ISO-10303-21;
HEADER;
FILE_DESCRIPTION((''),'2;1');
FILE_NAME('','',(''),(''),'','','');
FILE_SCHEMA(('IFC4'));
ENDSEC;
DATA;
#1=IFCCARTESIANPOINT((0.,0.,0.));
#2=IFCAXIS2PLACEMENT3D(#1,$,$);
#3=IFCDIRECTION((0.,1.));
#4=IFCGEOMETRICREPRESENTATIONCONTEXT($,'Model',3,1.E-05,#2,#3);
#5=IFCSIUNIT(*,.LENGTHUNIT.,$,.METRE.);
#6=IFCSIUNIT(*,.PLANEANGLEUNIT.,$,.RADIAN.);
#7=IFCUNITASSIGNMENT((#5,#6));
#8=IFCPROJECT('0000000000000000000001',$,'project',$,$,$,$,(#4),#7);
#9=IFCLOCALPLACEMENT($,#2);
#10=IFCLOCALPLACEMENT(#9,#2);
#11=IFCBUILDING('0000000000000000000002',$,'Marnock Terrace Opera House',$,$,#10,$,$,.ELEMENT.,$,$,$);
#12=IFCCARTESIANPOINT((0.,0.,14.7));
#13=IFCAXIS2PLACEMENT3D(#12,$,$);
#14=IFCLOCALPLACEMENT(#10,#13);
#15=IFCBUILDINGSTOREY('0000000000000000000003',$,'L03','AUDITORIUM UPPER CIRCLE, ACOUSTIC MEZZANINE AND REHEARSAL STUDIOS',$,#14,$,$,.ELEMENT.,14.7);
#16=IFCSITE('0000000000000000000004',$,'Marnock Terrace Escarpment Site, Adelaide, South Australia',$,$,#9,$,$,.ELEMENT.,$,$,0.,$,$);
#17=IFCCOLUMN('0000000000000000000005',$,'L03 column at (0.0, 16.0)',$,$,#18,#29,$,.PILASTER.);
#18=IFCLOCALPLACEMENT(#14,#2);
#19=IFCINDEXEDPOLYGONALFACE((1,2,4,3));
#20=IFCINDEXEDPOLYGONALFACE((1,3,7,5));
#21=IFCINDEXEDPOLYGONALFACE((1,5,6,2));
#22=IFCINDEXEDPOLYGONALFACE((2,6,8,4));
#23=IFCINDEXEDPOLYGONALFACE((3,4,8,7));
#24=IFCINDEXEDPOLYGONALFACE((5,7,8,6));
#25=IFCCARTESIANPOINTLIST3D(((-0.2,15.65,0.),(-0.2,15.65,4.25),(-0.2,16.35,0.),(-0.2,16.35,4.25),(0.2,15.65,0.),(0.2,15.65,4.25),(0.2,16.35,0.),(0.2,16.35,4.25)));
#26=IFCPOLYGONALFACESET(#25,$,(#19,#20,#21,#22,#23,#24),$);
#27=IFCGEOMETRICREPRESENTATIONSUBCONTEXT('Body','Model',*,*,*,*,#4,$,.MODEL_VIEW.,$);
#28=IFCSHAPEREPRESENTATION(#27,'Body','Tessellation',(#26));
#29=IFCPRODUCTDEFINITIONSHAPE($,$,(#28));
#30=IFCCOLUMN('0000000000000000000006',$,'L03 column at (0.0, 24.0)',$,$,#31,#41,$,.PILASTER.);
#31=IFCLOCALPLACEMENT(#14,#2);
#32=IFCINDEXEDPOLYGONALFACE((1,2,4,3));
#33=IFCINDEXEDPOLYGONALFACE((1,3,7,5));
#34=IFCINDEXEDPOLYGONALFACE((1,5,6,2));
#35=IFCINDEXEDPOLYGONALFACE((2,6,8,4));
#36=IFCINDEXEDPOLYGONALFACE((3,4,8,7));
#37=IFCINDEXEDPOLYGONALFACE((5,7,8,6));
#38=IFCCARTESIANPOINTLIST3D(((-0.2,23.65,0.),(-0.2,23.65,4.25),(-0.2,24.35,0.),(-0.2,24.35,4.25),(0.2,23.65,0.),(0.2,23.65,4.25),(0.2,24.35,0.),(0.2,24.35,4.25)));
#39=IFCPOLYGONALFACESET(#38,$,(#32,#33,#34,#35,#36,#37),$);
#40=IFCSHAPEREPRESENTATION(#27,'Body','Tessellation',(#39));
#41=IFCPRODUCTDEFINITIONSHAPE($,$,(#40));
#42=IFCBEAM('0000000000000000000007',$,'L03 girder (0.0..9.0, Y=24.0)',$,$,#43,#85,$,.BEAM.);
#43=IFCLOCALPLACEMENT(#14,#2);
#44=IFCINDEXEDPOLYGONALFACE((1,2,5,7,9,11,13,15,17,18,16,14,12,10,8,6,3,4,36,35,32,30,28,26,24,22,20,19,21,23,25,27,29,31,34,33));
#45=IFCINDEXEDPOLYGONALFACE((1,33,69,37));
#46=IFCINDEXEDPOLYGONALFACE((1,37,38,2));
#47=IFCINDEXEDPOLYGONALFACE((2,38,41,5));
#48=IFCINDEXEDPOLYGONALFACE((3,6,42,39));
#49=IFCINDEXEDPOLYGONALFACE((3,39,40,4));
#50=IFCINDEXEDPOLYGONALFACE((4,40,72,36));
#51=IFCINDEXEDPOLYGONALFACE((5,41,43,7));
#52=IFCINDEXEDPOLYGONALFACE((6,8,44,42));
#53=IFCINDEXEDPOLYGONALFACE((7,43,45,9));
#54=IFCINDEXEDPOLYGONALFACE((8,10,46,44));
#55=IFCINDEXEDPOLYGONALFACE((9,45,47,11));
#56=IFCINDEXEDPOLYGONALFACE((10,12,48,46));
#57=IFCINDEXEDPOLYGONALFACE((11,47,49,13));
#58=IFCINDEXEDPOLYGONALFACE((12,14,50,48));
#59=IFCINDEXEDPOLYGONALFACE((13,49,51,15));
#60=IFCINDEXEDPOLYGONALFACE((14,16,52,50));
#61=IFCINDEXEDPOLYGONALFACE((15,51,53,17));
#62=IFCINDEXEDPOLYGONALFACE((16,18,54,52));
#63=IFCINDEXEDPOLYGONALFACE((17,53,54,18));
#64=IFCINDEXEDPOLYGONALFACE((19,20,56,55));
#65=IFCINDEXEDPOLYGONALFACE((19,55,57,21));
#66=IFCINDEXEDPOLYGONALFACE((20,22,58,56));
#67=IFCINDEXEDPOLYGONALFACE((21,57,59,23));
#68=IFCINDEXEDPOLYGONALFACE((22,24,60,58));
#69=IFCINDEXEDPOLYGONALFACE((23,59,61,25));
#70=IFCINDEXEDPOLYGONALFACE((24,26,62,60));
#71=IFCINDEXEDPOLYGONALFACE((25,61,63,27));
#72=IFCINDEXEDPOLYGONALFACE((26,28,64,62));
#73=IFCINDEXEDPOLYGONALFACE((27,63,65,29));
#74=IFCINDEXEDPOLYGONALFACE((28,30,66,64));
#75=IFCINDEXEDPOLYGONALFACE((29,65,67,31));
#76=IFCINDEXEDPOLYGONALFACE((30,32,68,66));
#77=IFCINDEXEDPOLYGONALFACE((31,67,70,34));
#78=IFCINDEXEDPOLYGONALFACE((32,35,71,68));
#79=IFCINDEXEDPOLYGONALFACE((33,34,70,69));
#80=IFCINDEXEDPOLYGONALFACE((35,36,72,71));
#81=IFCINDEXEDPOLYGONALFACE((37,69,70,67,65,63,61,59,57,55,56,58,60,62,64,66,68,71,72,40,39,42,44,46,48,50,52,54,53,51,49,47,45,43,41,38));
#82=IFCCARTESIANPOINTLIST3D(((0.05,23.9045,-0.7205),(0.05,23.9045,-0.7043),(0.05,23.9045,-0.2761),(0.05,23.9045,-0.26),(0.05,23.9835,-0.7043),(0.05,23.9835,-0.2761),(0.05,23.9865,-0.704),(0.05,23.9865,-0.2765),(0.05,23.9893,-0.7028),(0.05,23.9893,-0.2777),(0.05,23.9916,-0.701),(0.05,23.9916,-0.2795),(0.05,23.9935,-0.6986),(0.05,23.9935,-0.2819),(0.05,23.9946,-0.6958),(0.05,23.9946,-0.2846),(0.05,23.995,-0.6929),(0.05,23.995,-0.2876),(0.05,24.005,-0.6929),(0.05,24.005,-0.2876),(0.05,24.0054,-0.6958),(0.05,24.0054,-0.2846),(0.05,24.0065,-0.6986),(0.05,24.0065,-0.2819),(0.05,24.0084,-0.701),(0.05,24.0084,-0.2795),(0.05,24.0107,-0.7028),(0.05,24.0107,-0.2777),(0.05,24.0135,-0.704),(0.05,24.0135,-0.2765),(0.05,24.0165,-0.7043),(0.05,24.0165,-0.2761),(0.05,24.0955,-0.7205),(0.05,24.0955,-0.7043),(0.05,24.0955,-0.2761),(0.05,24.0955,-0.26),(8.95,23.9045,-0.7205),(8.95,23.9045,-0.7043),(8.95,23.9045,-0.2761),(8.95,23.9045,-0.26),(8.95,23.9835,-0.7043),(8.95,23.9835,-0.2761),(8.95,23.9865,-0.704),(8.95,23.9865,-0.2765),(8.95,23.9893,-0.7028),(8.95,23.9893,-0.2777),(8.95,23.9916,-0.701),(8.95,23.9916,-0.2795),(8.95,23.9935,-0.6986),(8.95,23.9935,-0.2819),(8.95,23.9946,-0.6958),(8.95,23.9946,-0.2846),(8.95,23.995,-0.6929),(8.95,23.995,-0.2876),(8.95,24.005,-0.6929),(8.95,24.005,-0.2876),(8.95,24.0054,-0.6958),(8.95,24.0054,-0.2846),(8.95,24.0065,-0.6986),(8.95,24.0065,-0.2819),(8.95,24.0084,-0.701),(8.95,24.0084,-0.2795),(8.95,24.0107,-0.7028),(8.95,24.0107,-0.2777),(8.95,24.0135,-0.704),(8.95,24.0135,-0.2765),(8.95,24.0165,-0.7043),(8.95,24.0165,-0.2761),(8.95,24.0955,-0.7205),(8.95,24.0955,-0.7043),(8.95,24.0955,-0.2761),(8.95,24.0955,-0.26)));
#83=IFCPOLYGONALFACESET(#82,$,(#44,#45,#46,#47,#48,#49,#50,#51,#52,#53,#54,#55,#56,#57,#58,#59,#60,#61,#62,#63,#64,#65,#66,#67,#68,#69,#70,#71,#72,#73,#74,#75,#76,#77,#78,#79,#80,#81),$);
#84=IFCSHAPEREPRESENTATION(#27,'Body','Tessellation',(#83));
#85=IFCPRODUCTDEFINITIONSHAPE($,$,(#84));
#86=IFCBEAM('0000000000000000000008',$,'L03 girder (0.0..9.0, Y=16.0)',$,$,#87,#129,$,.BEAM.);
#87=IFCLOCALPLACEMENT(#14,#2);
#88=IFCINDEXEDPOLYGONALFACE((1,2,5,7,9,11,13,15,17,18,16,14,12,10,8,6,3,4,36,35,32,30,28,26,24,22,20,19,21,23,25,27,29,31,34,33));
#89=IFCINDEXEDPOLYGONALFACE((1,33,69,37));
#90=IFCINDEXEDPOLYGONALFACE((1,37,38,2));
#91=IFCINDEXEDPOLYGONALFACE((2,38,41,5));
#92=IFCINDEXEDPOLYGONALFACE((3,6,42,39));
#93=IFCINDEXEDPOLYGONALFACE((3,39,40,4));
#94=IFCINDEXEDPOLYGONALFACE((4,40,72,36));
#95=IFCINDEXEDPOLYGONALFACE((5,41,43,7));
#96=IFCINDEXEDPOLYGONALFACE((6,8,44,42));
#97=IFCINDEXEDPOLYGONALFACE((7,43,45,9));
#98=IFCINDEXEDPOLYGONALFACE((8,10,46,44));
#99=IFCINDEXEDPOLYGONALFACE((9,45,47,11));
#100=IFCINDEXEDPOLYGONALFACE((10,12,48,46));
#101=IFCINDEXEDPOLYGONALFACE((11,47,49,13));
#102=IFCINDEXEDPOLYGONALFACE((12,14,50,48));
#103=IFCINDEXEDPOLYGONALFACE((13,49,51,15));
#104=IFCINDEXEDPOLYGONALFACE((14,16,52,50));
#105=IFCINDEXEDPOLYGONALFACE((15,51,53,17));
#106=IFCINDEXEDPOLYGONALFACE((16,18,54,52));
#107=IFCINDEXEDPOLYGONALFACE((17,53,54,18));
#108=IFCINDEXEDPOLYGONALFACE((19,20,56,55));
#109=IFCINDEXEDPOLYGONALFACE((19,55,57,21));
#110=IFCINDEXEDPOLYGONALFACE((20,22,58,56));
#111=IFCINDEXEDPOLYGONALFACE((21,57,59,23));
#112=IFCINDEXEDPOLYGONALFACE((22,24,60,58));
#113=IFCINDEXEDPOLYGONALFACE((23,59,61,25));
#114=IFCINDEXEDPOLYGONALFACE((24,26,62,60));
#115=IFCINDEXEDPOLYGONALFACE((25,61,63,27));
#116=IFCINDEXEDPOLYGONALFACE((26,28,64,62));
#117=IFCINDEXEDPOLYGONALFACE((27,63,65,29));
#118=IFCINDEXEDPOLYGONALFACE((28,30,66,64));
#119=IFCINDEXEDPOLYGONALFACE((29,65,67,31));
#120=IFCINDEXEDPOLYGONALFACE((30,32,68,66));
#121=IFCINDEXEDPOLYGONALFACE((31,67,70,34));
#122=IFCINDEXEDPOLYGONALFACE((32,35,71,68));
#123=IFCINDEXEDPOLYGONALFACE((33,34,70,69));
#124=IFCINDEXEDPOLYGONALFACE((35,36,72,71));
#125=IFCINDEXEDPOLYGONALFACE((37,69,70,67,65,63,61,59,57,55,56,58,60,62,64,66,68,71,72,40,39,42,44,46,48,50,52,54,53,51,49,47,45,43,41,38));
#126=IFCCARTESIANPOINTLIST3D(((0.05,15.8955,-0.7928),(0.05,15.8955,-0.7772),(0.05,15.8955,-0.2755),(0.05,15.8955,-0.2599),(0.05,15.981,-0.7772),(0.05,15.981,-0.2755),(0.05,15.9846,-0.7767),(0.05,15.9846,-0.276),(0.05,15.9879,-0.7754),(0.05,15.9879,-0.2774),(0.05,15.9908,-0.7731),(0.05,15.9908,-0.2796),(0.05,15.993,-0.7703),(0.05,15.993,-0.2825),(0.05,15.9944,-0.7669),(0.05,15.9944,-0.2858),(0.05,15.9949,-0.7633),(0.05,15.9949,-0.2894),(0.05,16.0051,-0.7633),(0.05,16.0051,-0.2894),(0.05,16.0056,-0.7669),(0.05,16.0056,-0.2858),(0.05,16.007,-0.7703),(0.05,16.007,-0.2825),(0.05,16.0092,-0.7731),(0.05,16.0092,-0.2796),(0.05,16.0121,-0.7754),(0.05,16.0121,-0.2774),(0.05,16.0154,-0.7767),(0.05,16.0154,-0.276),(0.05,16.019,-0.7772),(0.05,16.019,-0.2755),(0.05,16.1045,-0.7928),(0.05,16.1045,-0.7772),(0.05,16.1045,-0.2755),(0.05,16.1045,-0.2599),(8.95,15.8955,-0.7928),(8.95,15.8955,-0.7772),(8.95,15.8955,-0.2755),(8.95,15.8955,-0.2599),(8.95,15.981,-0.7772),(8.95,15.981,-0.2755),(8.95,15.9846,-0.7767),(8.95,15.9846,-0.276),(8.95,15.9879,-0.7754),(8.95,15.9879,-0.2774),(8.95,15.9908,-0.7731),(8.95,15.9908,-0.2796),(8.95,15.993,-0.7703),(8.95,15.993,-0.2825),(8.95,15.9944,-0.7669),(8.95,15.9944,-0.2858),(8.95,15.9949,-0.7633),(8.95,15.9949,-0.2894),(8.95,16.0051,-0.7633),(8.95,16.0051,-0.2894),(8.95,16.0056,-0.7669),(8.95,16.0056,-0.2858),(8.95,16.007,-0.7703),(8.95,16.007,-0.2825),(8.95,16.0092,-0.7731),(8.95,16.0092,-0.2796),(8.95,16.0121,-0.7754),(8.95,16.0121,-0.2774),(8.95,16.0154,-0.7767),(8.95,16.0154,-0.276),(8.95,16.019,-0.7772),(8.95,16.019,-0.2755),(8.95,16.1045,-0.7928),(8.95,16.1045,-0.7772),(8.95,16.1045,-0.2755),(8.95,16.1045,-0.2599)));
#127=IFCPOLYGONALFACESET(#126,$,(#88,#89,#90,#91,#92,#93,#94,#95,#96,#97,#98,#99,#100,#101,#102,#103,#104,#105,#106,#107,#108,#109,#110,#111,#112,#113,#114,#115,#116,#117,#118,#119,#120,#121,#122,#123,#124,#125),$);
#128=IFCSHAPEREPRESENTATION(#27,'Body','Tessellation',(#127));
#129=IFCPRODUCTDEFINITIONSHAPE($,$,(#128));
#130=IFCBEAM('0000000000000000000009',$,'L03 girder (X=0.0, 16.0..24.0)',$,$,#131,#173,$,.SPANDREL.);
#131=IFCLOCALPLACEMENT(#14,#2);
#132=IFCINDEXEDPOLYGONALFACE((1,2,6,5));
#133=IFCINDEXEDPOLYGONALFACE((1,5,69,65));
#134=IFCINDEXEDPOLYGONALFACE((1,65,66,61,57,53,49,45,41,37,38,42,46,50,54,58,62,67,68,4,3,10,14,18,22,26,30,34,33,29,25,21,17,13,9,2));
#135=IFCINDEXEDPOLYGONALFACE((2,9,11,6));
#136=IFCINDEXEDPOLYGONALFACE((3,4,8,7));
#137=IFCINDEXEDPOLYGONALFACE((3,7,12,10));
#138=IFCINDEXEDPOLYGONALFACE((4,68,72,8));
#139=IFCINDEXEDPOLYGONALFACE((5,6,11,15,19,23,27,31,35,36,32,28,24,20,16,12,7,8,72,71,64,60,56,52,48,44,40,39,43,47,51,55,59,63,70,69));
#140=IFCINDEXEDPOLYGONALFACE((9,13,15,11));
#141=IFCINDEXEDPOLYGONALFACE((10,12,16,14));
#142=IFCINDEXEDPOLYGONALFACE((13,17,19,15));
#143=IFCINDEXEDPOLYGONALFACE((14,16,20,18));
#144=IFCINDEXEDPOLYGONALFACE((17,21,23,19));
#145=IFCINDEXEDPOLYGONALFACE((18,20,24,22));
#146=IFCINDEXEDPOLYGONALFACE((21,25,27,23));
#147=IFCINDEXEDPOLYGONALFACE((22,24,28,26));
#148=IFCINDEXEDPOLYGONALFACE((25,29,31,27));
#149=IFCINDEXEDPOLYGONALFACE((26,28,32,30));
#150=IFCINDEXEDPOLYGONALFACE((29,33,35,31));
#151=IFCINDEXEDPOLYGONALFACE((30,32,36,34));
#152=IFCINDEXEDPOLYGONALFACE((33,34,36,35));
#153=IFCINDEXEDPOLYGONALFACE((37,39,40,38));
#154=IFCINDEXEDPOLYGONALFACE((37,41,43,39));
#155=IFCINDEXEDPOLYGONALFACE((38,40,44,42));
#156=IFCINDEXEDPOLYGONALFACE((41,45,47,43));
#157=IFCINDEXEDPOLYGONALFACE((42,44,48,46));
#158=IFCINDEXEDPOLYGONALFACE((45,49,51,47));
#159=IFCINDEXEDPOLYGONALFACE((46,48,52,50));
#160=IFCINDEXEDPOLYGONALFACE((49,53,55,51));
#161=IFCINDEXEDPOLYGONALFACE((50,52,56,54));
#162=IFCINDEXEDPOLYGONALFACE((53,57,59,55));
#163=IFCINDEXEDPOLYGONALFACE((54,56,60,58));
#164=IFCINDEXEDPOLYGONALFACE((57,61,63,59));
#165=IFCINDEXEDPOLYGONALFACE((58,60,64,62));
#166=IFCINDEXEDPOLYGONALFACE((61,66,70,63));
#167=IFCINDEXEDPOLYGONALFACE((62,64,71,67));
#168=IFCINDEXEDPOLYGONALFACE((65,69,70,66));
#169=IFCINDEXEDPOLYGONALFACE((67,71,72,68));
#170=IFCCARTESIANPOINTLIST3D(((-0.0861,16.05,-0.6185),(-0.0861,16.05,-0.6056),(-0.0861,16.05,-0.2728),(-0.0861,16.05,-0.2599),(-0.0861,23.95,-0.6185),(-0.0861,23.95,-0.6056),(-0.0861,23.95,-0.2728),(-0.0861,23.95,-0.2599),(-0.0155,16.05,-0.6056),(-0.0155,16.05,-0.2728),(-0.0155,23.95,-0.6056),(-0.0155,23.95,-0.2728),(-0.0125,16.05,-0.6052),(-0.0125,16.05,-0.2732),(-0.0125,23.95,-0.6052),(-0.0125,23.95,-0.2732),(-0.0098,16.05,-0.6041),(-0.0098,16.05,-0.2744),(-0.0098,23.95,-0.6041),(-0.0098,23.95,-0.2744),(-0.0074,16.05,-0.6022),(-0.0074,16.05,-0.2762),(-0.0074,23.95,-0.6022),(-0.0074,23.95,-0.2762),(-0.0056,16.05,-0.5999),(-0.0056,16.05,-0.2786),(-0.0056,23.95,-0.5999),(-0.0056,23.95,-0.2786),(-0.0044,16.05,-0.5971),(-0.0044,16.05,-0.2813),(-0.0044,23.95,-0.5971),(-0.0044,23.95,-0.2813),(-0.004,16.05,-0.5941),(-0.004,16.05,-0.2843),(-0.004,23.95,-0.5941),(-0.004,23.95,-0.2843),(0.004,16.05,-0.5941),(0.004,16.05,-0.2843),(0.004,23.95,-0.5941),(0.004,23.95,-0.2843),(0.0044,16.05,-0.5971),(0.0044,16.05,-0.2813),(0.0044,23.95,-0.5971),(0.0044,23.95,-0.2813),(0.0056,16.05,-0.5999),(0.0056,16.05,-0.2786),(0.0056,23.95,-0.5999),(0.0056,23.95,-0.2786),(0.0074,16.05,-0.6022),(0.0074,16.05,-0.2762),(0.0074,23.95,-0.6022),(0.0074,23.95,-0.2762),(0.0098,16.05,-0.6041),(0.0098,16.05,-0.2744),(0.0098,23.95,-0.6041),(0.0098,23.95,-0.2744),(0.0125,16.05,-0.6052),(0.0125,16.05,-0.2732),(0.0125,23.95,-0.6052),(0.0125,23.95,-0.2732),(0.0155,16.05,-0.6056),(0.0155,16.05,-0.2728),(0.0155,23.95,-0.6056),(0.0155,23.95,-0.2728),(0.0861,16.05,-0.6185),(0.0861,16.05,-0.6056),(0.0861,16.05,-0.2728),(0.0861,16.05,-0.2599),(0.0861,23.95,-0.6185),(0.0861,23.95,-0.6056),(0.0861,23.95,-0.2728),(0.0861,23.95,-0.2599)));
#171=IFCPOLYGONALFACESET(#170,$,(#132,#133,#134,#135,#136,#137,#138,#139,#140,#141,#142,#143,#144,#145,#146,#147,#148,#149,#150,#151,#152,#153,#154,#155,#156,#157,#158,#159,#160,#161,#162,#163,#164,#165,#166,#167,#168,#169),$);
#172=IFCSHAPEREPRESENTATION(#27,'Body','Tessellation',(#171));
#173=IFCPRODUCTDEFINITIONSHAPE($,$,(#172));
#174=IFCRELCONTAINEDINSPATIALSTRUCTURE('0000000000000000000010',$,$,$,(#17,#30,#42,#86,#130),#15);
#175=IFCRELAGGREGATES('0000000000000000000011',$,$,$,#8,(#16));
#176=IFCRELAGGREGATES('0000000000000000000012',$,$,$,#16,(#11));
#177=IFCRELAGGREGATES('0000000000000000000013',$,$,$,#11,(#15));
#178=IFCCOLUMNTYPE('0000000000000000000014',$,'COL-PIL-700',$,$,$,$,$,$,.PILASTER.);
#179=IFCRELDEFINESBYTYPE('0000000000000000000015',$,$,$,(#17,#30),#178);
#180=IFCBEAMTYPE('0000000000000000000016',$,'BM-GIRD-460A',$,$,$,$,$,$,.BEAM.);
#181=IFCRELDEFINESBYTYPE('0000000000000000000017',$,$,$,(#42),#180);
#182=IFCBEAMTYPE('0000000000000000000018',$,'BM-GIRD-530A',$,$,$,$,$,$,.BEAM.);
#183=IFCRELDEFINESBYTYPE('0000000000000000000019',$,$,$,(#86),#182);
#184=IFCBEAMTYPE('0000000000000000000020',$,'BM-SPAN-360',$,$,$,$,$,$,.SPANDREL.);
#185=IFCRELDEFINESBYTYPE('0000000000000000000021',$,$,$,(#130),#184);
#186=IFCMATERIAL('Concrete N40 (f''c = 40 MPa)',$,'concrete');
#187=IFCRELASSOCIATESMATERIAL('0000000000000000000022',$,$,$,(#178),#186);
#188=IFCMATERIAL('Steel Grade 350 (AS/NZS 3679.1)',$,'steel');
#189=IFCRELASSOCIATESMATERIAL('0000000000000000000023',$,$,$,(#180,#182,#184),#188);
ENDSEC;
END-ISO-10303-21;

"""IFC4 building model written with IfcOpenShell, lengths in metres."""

from ifc_helpers import new_model, si_unit, direction, frame, origin, origin_2d, place, context, subcontext, project, spatial, rectangle, i_section, extrude, material, material_profile, profile_set, type_object, element, save


model = new_model("IFC4")

# Units and contexts
model_context = context("Model", 3, precision=1e-05, world=origin(), true_north=direction((0.0, 1.0)))
body_context = subcontext(model_context, "Body", "Model", "MODEL_VIEW")
ifc_project = project(units=[si_unit("LENGTHUNIT", "METRE"), si_unit("PLANEANGLEUNIT", "RADIAN")], contexts=[model_context])

# Site, building, storey
site_placement = place(None, origin())
site = spatial("IfcSite", under=ifc_project, at=site_placement, Name="Marnock Terrace Escarpment Site, Adelaide, South Australia", CompositionType="ELEMENT", RefElevation=0.0)
building_placement = place(site_placement, origin())
building = spatial("IfcBuilding", under=site, at=building_placement, Name="Marnock Terrace Opera House", CompositionType="ELEMENT")
storey_placement = place(building_placement, frame((0.0, 0.0, 14.7)))
storey = spatial("IfcBuildingStorey", under=building, at=storey_placement, Name="L03", Description="AUDITORIUM UPPER CIRCLE, ACOUSTIC MEZZANINE AND REHEARSAL STUDIOS", CompositionType="ELEMENT", Elevation=14.7)

# Columns
ifc_material_1 = material(Name="Concrete N40 (f'c = 40 MPa)", Category="concrete")
ifc_material_profile_1 = material_profile(ifc_material_1, rectangle(XDim=0.3999, YDim=0.7, at=origin_2d()))
ifc_profile_set_1 = profile_set([ifc_material_profile_1], Name="Concrete N40 (f'c = 40 MPa)")
column_type = type_object("IfcColumnType", Name="COL-PIL-700", PredefinedType="PILASTER", material=ifc_profile_set_1)
for number, where, z_axis, x_axis, name in (
    (1, (0.0, 16.0, 0.0), (0.0, 0.0, 1.0), (1.0, 0.0, 0.0), "L03 column at (0.0, 16.0)"),
    (2, (0.0, 24.0, 0.0), (0.0, 0.0, 1.0), (1.0, 0.0, 0.0), "L03 column at (0.0, 24.0)"),
):
    element("IfcColumn", number, at=place(storey_placement, frame(where, z_axis=z_axis, x_axis=x_axis)), inside=storey, type_object=column_type, Name=name, PredefinedType="PILASTER", context=body_context, shape_type="SweptSolid", body=[
        extrude(rectangle(XDim=0.3999, YDim=0.7, at=origin_2d()), origin(), (0.0, 0.0, 1.0), 4.25),
    ])

# Beams
ifc_material_2 = material(Name="Steel Grade 350 (AS/NZS 3679.1)", Category="steel")
ifc_material_profile_2 = material_profile(ifc_material_2, i_section(OverallWidth=0.1909, OverallDepth=0.4604, WebThickness=0.01, FlangeThickness=0.0161, FilletRadius=0.0115, at=origin_2d()))
ifc_profile_set_2 = profile_set([ifc_material_profile_2], Name="Steel Grade 350 (AS/NZS 3679.1)")
beam_type_1 = type_object("IfcBeamType", Name="BM-GIRD-460A", PredefinedType="BEAM", material=ifc_profile_set_2)
beam_1_placement = place(storey_placement, frame((0.05, 24.0, -0.4902), z_axis=(1.0, 0.0, 0.0), x_axis=(0.0, 1.0, 0.0)))
element("IfcBeam", 3, at=beam_1_placement, inside=storey, type_object=beam_type_1, Name="L03 girder (0.0..9.0, Y=24.0)", PredefinedType="BEAM", context=body_context, shape_type="SweptSolid", body=[
    extrude(i_section(OverallWidth=0.1909, OverallDepth=0.4604, WebThickness=0.01, FlangeThickness=0.0161, FilletRadius=0.0115, at=origin_2d()), origin(), (0.0, 0.0, 1.0), 8.8999),
])
ifc_material_profile_3 = material_profile(ifc_material_2, i_section(OverallWidth=0.209, OverallDepth=0.533, WebThickness=0.0103, FlangeThickness=0.0156, FilletRadius=0.0139, at=origin_2d()))
ifc_profile_set_3 = profile_set([ifc_material_profile_3], Name="Steel Grade 350 (AS/NZS 3679.1)")
beam_type_2 = type_object("IfcBeamType", Name="BM-GIRD-530A", PredefinedType="BEAM", material=ifc_profile_set_3)
beam_2_placement = place(storey_placement, frame((0.05, 16.0, -0.5264), z_axis=(1.0, 0.0, 0.0), x_axis=(0.0, 1.0, 0.0)))
element("IfcBeam", 4, at=beam_2_placement, inside=storey, type_object=beam_type_2, Name="L03 girder (0.0..9.0, Y=16.0)", PredefinedType="BEAM", context=body_context, shape_type="SweptSolid", body=[
    extrude(i_section(OverallWidth=0.209, OverallDepth=0.533, WebThickness=0.0103, FlangeThickness=0.0156, FilletRadius=0.0139, at=origin_2d()), origin(), (0.0, 0.0, 1.0), 8.8999),
])
ifc_material_profile_4 = material_profile(ifc_material_2, i_section(OverallWidth=0.1721, OverallDepth=0.3586, WebThickness=0.0081, FlangeThickness=0.0129, FilletRadius=0.0115, at=origin_2d()))
ifc_profile_set_4 = profile_set([ifc_material_profile_4], Name="Steel Grade 350 (AS/NZS 3679.1)")
beam_type_3 = type_object("IfcBeamType", Name="BM-SPAN-360", PredefinedType="SPANDREL", material=ifc_profile_set_4)
for number, where, z_axis, x_axis, name in (
    (5, (0.0, 16.05, -0.4392), (0.0, 1.0, 0.0), (-1.0, 0.0, 0.0), "L03 girder (X=0.0, 16.0..24.0)"),
):
    element("IfcBeam", number, at=place(storey_placement, frame(where, z_axis=z_axis, x_axis=x_axis)), inside=storey, type_object=beam_type_3, Name=name, PredefinedType="SPANDREL", context=body_context, shape_type="SweptSolid", body=[
        extrude(i_section(OverallWidth=0.1721, OverallDepth=0.3586, WebThickness=0.0081, FlangeThickness=0.0129, FilletRadius=0.0115, at=origin_2d()), origin(), (0.0, 0.0, 1.0), 7.8999),
    ])

save(model, "model.ifc")
